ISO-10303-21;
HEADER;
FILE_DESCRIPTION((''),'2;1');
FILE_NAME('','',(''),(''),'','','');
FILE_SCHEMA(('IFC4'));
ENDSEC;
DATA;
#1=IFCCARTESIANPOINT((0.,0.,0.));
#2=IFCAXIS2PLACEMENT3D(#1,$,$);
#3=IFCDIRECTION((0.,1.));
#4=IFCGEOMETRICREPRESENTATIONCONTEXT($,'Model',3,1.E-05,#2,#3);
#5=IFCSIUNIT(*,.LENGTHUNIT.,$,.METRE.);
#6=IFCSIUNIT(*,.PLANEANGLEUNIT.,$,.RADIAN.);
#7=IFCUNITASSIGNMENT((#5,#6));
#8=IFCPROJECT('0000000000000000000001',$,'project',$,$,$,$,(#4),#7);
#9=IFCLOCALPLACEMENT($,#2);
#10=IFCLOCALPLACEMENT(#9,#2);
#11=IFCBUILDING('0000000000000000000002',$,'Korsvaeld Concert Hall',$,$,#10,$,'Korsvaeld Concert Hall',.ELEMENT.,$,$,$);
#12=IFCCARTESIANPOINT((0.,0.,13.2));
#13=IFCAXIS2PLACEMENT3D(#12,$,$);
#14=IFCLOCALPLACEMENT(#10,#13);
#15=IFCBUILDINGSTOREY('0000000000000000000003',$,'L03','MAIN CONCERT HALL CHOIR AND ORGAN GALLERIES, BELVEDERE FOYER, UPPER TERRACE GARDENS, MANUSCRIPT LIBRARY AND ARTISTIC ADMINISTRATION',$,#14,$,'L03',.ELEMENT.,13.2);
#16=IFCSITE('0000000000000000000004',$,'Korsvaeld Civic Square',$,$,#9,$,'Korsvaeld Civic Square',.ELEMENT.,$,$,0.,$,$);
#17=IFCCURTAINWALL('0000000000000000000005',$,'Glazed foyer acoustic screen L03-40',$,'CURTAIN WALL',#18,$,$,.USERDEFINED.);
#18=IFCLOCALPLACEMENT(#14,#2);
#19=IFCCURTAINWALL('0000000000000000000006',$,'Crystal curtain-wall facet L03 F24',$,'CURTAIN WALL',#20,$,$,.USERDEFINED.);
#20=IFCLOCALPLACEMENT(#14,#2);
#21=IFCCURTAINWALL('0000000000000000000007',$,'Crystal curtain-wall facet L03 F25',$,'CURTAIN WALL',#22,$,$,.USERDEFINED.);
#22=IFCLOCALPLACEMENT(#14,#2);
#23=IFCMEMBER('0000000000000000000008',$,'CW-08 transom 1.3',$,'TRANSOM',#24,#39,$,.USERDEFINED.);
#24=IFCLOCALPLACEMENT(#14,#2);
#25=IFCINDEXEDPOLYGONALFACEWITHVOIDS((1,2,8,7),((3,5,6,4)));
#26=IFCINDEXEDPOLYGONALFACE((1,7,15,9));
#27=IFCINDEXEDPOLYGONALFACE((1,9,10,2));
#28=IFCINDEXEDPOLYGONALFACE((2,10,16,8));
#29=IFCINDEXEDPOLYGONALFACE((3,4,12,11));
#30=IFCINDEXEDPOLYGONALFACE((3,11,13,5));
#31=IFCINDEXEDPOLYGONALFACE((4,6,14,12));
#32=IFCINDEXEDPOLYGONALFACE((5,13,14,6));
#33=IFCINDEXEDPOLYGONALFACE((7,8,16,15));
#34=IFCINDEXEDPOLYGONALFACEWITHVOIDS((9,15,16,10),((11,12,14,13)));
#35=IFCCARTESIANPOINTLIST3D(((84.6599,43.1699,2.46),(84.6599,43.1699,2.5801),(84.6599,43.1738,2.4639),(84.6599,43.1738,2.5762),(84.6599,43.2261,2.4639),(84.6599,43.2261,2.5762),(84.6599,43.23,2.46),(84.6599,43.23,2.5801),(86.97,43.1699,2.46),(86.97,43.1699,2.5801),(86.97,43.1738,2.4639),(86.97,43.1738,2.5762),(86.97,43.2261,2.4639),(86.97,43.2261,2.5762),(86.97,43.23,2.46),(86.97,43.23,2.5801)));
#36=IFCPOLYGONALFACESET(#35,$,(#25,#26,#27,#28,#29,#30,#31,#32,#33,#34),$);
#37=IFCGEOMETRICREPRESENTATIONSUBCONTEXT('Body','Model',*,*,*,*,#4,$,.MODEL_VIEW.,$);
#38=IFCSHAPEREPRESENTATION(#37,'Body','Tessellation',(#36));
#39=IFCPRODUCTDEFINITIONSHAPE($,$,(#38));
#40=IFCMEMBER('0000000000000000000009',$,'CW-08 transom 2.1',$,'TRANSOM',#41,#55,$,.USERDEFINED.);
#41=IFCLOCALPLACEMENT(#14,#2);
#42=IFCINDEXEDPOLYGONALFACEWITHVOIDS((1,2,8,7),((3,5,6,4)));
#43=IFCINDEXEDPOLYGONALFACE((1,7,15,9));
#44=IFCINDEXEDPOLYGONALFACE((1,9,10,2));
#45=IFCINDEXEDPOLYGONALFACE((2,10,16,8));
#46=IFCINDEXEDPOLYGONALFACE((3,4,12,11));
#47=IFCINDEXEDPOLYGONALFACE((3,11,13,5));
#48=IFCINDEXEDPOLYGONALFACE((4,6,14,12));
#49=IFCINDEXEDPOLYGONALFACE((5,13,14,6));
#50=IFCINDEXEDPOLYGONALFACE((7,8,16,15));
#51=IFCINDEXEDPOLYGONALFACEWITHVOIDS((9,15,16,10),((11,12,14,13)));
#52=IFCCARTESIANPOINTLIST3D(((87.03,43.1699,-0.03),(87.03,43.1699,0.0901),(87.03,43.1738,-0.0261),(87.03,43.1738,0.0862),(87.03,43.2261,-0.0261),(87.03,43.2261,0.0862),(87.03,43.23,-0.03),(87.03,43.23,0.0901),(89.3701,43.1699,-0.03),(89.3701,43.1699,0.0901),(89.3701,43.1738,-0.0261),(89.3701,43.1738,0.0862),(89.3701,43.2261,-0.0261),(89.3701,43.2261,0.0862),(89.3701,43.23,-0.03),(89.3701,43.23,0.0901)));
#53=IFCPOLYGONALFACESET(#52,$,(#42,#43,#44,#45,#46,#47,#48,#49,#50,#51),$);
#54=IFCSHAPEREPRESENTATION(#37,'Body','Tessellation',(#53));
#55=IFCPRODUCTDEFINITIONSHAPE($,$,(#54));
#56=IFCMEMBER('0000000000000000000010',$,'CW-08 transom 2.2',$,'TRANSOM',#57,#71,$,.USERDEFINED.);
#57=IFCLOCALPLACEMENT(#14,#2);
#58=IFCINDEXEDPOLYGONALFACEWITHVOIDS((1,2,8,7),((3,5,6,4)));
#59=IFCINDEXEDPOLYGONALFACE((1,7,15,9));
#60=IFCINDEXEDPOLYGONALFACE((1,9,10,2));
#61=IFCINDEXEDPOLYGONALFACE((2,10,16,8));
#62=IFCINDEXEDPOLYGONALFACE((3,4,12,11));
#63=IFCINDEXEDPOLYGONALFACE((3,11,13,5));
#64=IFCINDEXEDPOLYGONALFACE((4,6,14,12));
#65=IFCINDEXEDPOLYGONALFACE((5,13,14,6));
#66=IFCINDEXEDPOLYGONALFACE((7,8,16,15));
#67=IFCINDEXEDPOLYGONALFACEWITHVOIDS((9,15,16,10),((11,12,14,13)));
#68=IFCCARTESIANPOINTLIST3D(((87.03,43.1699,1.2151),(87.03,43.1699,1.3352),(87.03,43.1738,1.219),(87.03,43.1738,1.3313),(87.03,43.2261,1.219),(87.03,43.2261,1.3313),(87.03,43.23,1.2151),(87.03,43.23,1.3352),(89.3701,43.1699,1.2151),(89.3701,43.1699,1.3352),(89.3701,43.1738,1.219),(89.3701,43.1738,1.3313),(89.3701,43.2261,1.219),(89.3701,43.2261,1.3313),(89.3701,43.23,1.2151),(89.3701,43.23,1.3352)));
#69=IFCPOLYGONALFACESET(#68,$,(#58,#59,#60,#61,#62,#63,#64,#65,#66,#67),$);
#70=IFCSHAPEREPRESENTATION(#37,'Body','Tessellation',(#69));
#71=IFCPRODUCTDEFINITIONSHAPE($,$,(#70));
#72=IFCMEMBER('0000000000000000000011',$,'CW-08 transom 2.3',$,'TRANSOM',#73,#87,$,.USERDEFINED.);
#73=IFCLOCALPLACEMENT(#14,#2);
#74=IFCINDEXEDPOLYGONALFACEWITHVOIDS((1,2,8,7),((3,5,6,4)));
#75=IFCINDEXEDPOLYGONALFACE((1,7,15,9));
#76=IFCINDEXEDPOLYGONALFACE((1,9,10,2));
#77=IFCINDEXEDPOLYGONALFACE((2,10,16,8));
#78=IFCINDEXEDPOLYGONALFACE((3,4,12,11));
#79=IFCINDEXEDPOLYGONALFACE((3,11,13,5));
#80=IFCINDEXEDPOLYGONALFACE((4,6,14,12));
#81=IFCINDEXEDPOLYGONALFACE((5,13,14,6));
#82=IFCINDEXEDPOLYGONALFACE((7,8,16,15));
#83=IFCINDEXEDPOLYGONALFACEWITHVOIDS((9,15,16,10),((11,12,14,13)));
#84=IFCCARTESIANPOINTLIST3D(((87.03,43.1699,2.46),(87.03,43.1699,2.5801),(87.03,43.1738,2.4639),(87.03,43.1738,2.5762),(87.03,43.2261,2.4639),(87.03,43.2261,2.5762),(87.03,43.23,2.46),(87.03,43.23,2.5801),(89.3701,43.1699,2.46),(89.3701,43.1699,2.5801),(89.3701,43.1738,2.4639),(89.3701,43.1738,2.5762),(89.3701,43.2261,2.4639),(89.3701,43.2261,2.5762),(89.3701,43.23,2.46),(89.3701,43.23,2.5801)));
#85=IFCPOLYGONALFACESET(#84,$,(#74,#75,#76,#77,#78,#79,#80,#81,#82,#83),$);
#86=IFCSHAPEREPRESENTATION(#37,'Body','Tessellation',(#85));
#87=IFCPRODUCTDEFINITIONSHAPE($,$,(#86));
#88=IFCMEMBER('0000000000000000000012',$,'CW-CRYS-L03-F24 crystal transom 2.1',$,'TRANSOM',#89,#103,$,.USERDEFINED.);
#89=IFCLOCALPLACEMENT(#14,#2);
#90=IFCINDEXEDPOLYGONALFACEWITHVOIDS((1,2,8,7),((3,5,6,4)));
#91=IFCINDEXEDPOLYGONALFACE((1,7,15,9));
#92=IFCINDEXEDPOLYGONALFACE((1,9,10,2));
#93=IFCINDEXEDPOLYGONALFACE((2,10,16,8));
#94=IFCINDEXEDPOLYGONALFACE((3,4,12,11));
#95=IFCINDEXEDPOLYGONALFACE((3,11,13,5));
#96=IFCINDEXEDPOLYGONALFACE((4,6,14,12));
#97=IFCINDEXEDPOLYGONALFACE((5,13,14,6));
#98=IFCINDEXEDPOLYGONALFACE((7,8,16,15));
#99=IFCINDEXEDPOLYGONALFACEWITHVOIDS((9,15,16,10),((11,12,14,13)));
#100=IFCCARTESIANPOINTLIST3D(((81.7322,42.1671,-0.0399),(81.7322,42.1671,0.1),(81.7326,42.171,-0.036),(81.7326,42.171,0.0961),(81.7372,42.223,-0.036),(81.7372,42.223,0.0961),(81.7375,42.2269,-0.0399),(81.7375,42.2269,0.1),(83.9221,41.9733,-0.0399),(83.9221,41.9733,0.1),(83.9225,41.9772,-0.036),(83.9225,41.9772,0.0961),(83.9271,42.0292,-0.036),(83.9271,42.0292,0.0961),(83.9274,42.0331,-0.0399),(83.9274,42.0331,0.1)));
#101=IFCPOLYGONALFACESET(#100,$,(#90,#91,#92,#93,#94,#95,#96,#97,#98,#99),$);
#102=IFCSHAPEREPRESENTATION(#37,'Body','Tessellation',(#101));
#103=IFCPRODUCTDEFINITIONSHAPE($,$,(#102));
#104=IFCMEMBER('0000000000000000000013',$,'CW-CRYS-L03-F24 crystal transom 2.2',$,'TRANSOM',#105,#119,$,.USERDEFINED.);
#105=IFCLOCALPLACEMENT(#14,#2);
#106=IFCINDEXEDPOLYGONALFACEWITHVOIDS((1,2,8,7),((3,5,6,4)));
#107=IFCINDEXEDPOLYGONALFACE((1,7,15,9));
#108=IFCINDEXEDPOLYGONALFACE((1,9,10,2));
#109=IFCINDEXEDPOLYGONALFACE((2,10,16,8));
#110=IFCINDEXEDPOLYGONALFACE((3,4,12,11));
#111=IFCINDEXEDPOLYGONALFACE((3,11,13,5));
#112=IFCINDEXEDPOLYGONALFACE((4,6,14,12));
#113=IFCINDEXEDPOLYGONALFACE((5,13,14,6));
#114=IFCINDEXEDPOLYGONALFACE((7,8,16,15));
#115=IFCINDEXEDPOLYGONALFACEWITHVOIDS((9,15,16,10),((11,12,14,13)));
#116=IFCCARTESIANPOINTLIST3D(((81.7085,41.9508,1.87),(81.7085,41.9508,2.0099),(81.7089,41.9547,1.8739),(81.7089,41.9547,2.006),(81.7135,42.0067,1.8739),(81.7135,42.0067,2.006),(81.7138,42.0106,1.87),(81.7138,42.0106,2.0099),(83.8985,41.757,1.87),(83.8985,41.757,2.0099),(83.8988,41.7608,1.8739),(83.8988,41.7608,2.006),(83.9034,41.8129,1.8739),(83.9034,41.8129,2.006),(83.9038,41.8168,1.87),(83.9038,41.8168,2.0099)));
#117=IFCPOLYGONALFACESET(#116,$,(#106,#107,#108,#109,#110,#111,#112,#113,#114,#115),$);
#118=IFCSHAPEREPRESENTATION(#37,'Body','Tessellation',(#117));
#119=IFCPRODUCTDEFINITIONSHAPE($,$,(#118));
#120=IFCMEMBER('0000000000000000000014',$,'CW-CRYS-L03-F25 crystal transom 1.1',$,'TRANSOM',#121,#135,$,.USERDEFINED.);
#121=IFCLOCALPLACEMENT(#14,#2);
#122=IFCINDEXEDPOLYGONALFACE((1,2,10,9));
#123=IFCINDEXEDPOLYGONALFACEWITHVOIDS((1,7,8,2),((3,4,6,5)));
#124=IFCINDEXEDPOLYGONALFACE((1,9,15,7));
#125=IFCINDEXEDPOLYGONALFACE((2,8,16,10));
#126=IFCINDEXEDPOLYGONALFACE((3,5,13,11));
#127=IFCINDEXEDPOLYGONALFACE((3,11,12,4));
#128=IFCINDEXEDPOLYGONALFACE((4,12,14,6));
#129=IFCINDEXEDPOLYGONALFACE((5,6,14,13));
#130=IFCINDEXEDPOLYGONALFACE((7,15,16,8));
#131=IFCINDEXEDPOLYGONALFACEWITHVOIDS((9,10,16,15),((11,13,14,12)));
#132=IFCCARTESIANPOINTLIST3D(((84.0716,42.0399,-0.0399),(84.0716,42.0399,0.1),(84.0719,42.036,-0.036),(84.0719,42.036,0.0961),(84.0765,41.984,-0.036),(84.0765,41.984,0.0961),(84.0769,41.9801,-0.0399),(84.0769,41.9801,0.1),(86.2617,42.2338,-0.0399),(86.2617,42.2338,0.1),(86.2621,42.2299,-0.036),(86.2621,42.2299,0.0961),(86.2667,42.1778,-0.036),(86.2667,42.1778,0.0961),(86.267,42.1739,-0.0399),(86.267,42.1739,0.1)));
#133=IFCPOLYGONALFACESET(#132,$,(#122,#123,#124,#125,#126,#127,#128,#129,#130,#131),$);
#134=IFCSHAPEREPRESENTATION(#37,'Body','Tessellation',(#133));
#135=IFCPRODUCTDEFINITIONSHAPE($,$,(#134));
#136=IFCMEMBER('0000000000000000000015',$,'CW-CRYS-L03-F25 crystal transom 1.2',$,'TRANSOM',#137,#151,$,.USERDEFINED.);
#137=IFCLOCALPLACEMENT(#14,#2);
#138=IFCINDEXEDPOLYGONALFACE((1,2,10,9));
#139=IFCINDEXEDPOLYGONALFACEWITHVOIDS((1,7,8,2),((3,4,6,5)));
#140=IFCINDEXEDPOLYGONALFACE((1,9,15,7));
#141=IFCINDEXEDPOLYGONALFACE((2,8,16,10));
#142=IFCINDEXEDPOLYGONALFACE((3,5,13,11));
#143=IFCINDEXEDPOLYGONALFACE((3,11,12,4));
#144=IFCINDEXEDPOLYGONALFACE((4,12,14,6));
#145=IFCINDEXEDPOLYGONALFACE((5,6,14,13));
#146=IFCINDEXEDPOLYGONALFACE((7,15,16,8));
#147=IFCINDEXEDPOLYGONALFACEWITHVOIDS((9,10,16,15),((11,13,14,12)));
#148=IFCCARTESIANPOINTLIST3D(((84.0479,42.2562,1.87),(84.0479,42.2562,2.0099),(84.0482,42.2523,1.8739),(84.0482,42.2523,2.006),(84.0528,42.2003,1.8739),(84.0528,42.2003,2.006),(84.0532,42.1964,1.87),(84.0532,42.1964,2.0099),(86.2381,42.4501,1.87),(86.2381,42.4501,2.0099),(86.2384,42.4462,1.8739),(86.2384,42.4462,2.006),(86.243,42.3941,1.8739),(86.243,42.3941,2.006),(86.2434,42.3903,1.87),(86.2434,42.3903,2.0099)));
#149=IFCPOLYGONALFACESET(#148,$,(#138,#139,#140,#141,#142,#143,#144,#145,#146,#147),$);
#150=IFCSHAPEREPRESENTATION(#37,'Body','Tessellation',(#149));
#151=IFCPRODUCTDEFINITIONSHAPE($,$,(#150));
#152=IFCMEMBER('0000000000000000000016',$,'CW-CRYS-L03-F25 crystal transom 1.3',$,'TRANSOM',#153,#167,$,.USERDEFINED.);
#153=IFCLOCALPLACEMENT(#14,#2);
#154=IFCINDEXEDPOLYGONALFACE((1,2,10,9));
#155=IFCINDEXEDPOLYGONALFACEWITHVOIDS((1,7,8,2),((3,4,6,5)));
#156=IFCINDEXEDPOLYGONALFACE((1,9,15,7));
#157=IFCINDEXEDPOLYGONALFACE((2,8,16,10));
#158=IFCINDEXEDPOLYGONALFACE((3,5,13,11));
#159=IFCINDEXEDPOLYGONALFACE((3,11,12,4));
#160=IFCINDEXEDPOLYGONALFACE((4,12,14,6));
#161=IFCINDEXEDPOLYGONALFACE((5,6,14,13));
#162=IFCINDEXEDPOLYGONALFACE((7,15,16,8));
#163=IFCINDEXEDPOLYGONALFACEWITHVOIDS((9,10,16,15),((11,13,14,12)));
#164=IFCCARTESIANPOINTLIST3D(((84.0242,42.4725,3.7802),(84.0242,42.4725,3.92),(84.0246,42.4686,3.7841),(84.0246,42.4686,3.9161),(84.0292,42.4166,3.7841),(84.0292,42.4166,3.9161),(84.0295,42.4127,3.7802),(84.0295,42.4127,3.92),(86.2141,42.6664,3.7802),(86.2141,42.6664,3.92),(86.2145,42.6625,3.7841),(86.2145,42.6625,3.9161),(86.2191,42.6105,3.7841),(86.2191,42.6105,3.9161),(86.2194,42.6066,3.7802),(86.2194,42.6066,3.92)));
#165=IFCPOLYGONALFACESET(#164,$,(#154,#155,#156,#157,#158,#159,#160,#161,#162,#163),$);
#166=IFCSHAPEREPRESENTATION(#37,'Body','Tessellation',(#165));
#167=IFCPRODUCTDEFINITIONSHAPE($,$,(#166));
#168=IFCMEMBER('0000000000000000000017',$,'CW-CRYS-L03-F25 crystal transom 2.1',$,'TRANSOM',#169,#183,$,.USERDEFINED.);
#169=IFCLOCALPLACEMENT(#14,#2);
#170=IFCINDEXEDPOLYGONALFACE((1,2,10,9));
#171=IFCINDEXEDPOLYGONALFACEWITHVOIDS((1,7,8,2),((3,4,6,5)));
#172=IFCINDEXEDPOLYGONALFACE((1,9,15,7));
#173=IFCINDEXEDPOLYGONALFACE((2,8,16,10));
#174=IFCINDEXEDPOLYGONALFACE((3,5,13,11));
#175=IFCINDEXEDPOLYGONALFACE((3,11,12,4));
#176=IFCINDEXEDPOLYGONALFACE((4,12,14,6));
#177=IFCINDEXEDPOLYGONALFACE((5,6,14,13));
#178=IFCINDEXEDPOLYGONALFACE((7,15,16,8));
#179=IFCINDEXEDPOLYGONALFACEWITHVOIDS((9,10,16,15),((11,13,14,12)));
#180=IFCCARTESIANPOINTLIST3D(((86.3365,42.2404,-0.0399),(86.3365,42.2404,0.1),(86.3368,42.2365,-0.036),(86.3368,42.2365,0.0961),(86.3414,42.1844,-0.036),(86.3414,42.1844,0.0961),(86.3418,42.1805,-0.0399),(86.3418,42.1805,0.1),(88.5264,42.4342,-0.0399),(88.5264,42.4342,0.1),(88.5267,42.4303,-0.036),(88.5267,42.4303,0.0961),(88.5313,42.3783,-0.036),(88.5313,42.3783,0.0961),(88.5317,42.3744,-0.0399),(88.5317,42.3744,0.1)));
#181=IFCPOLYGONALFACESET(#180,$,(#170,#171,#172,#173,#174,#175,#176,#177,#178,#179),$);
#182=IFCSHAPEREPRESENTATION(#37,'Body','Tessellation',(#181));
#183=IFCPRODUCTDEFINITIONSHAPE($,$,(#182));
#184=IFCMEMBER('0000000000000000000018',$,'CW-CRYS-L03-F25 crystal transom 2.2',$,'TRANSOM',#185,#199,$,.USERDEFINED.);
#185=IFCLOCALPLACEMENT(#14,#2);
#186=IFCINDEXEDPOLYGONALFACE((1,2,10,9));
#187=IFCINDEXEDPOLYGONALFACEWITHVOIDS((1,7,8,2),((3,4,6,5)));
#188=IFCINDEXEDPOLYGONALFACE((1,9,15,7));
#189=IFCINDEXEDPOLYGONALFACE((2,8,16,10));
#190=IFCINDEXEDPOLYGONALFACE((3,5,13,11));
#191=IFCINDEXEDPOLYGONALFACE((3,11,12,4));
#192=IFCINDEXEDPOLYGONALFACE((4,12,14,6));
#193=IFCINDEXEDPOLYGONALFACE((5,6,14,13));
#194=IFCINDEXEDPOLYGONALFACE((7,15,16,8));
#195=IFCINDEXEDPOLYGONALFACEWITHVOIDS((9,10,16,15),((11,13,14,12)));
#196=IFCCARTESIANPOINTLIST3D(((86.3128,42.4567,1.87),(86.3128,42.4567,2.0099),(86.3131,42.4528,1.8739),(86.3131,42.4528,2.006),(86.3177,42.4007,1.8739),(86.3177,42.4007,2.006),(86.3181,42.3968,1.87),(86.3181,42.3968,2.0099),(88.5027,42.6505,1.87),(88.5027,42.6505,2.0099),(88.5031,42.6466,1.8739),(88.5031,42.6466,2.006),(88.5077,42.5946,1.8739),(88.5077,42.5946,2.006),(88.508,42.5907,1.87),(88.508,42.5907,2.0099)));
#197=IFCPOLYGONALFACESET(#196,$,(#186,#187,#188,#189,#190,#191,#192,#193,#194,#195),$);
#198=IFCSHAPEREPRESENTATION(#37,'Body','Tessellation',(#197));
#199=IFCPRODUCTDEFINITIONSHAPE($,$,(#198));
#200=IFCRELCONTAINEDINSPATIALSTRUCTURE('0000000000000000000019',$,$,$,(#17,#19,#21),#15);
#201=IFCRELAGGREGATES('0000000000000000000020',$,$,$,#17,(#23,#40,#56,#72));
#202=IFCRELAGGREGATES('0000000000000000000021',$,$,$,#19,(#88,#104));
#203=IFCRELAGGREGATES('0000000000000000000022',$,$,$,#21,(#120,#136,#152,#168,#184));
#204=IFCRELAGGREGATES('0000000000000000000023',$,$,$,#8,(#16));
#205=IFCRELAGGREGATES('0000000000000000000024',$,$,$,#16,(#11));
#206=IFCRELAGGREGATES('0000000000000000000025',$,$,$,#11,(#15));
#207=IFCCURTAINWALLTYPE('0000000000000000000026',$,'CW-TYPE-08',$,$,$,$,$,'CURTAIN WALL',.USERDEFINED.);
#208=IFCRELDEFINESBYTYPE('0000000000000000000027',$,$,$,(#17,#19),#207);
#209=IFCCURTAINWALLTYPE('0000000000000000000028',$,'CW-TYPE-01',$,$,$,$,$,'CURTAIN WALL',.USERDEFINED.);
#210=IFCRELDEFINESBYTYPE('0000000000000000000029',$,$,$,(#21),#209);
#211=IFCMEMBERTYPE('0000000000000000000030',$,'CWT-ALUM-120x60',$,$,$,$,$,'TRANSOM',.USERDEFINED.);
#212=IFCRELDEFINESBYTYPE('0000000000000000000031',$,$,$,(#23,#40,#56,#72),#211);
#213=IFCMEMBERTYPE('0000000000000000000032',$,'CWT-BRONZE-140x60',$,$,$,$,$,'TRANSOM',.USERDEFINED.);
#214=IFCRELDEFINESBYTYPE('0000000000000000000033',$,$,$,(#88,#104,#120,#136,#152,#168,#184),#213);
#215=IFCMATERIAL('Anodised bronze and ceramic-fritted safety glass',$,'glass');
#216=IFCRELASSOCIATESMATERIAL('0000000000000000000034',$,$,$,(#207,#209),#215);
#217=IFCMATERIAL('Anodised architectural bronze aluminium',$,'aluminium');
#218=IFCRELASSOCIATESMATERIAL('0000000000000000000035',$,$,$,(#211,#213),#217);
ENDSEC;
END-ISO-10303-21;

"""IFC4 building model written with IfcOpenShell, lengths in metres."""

from ifc_helpers import new_model, si_unit, direction, frame, origin, origin_2d, place, context, subcontext, project, spatial, hollow_rectangle, extrude, material, material_profile, profile_set, type_object, element, aggregate, save


model = new_model("IFC4")

# Units and contexts
model_context = context("Model", 3, precision=1e-05, world=origin(), true_north=direction((0.0, 1.0)))
body_context = subcontext(model_context, "Body", "Model", "MODEL_VIEW")
ifc_project = project(units=[si_unit("LENGTHUNIT", "METRE"), si_unit("PLANEANGLEUNIT", "RADIAN")], contexts=[model_context])

# Site, building, storey
site_placement = place(None, origin())
site = spatial("IfcSite", under=ifc_project, at=site_placement, Name="Korsvaeld Civic Square", LongName="Korsvaeld Civic Square", CompositionType="ELEMENT", RefElevation=0.0)
building_placement = place(site_placement, origin())
building = spatial("IfcBuilding", under=site, at=building_placement, Name="Korsvaeld Concert Hall", LongName="Korsvaeld Concert Hall", CompositionType="ELEMENT")
storey_placement = place(building_placement, frame((0.0, 0.0, 13.2)))
storey = spatial("IfcBuildingStorey", under=building, at=storey_placement, Name="L03", Description="MAIN CONCERT HALL CHOIR AND ORGAN GALLERIES, BELVEDERE FOYER, UPPER TERRACE GARDENS, MANUSCRIPT LIBRARY AND ARTISTIC ADMINISTRATION", LongName="L03", CompositionType="ELEMENT", Elevation=13.2)

# Shared definitions
ifc_material_1 = material(Name="Anodised bronze and ceramic-fritted safety glass", Category="glass")
ifc_material_2 = material(Name="Anodised architectural bronze aluminium", Category="aluminium")

# Curtain wall
curtain_wall_type_1 = type_object("IfcCurtainWallType", Name="CW-TYPE-08", ElementType="CURTAIN WALL", PredefinedType="USERDEFINED", material=ifc_material_1)
curtain_wall_1_placement = place(storey_placement, origin())
curtain_wall_1 = element("IfcCurtainWall", 1, at=curtain_wall_1_placement, inside=storey, type_object=curtain_wall_type_1, Name="Glazed foyer acoustic screen L03-40", ObjectType="CURTAIN WALL", PredefinedType="USERDEFINED")

# Curtain wall
curtain_wall_2_placement = place(storey_placement, origin())
curtain_wall_2 = element("IfcCurtainWall", 2, at=curtain_wall_2_placement, inside=storey, type_object=curtain_wall_type_1, Name="Crystal curtain-wall facet L03 F24", ObjectType="CURTAIN WALL", PredefinedType="USERDEFINED")

# Curtain wall
curtain_wall_type_2 = type_object("IfcCurtainWallType", Name="CW-TYPE-01", ElementType="CURTAIN WALL", PredefinedType="USERDEFINED", material=ifc_material_1)
curtain_wall_3_placement = place(storey_placement, origin())
curtain_wall_3 = element("IfcCurtainWall", 3, at=curtain_wall_3_placement, inside=storey, type_object=curtain_wall_type_2, Name="Crystal curtain-wall facet L03 F25", ObjectType="CURTAIN WALL", PredefinedType="USERDEFINED")

# Members
ifc_material_profile_1 = material_profile(ifc_material_2, hollow_rectangle(XDim=0.0601, YDim=0.1201, WallThickness=0.0039, at=origin_2d()), Name="CWT 120x60x4")
ifc_profile_set_1 = profile_set([ifc_material_profile_1], Name="Anodised architectural bronze aluminium")
member_type_1 = type_object("IfcMemberType", Name="CWT-ALUM-120x60", ElementType="TRANSOM", PredefinedType="USERDEFINED", material=ifc_profile_set_1)
member_1_placement = place(storey_placement, frame((84.6599, 43.2, 2.52), z_axis=(1.0, 0.0, 0.0), x_axis=(0.0, 1.0, 0.0)))
member_1 = element("IfcMember", 4, at=member_1_placement, type_object=member_type_1, Name="CW-08 transom 1.3", ObjectType="TRANSOM", PredefinedType="USERDEFINED", context=body_context, shape_type="SweptSolid", body=[
    extrude(hollow_rectangle(XDim=0.0601, YDim=0.1201, WallThickness=0.0039, at=origin_2d()), origin(), (0.0, 0.0, 1.0), 2.3101),
])
member_2_placement = place(storey_placement, frame((87.03, 43.2, 0.03), z_axis=(1.0, 0.0, 0.0), x_axis=(0.0, 1.0, 0.0)))
member_2 = element("IfcMember", 5, at=member_2_placement, type_object=member_type_1, Name="CW-08 transom 2.1", ObjectType="TRANSOM", PredefinedType="USERDEFINED", context=body_context, shape_type="SweptSolid", body=[
    extrude(hollow_rectangle(XDim=0.0601, YDim=0.1201, WallThickness=0.0039, at=origin_2d()), origin(), (0.0, 0.0, 1.0), 2.3401),
])
member_3_placement = place(storey_placement, frame((87.03, 43.2, 1.2751), z_axis=(1.0, 0.0, 0.0), x_axis=(0.0, 1.0, 0.0)))
member_3 = element("IfcMember", 6, at=member_3_placement, type_object=member_type_1, Name="CW-08 transom 2.2", ObjectType="TRANSOM", PredefinedType="USERDEFINED", context=body_context, shape_type="SweptSolid", body=[
    extrude(hollow_rectangle(XDim=0.0601, YDim=0.1201, WallThickness=0.0039, at=origin_2d()), origin(), (0.0, 0.0, 1.0), 2.3401),
])
member_4_placement = place(storey_placement, frame((87.03, 43.2, 2.52), z_axis=(1.0, 0.0, 0.0), x_axis=(0.0, 1.0, 0.0)))
member_4 = element("IfcMember", 7, at=member_4_placement, type_object=member_type_1, Name="CW-08 transom 2.3", ObjectType="TRANSOM", PredefinedType="USERDEFINED", context=body_context, shape_type="SweptSolid", body=[
    extrude(hollow_rectangle(XDim=0.0601, YDim=0.1201, WallThickness=0.0039, at=origin_2d()), origin(), (0.0, 0.0, 1.0), 2.3401),
])
ifc_material_profile_2 = material_profile(ifc_material_2, hollow_rectangle(XDim=0.0601, YDim=0.1399, WallThickness=0.0039, at=origin_2d()), Name="CWT 140x60x4")
ifc_profile_set_2 = profile_set([ifc_material_profile_2], Name="Anodised architectural bronze aluminium")
member_type_2 = type_object("IfcMemberType", Name="CWT-BRONZE-140x60", ElementType="TRANSOM", PredefinedType="USERDEFINED", material=ifc_profile_set_2)
member_5_placement = place(storey_placement, frame((81.7349, 42.197, 0.03), z_axis=(0.996105, -0.088173, 0.0), x_axis=(0.088173, 0.996105, 0.0)))
member_5 = element("IfcMember", 8, at=member_5_placement, type_object=member_type_2, Name="CW-CRYS-L03-F24 crystal transom 2.1", ObjectType="TRANSOM", PredefinedType="USERDEFINED", context=body_context, shape_type="SweptSolid", body=[
    extrude(hollow_rectangle(XDim=0.0601, YDim=0.1399, WallThickness=0.0039, at=origin_2d()), origin(), (0.0, 0.0, 1.0), 2.1985),
])
member_6_placement = place(storey_placement, frame((81.7112, 41.9807, 1.9399), z_axis=(0.996105, -0.088173, 0.0), x_axis=(0.088173, 0.996105, 0.0)))
member_6 = element("IfcMember", 9, at=member_6_placement, type_object=member_type_2, Name="CW-CRYS-L03-F24 crystal transom 2.2", ObjectType="TRANSOM", PredefinedType="USERDEFINED", context=body_context, shape_type="SweptSolid", body=[
    extrude(hollow_rectangle(XDim=0.0601, YDim=0.1399, WallThickness=0.0039, at=origin_2d()), origin(), (0.0, 0.0, 1.0), 2.1985),
])
member_7_placement = place(storey_placement, frame((84.0742, 42.01, 0.03), z_axis=(0.996106, 0.088163, 0.0), x_axis=(-0.088163, 0.996106, 0.0)))
member_7 = element("IfcMember", 10, at=member_7_placement, type_object=member_type_2, Name="CW-CRYS-L03-F25 crystal transom 1.1", ObjectType="TRANSOM", PredefinedType="USERDEFINED", context=body_context, shape_type="SweptSolid", body=[
    extrude(hollow_rectangle(XDim=0.0601, YDim=0.1399, WallThickness=0.0039, at=origin_2d()), origin(), (0.0, 0.0, 1.0), 2.1987),
])
member_8_placement = place(storey_placement, frame((84.0505, 42.2263, 1.9399), z_axis=(0.996106, 0.088163, 0.0), x_axis=(-0.088163, 0.996106, 0.0)))
member_8 = element("IfcMember", 11, at=member_8_placement, type_object=member_type_2, Name="CW-CRYS-L03-F25 crystal transom 1.2", ObjectType="TRANSOM", PredefinedType="USERDEFINED", context=body_context, shape_type="SweptSolid", body=[
    extrude(hollow_rectangle(XDim=0.0601, YDim=0.1399, WallThickness=0.0039, at=origin_2d()), origin(), (0.0, 0.0, 1.0), 2.1987),
])
member_9_placement = place(storey_placement, frame((84.0269, 42.4426, 3.8501), z_axis=(0.996105, 0.088173, 0.0), x_axis=(-0.088173, 0.996105, 0.0)))
member_9 = element("IfcMember", 12, at=member_9_placement, type_object=member_type_2, Name="CW-CRYS-L03-F25 crystal transom 1.3", ObjectType="TRANSOM", PredefinedType="USERDEFINED", context=body_context, shape_type="SweptSolid", body=[
    extrude(hollow_rectangle(XDim=0.0601, YDim=0.1399, WallThickness=0.0039, at=origin_2d()), origin(), (0.0, 0.0, 1.0), 2.1985),
])
member_10_placement = place(storey_placement, frame((86.3391, 42.2104, 0.03), z_axis=(0.996105, 0.088173, 0.0), x_axis=(-0.088173, 0.996105, 0.0)))
member_10 = element("IfcMember", 13, at=member_10_placement, type_object=member_type_2, Name="CW-CRYS-L03-F25 crystal transom 2.1", ObjectType="TRANSOM", PredefinedType="USERDEFINED", context=body_context, shape_type="SweptSolid", body=[
    extrude(hollow_rectangle(XDim=0.0601, YDim=0.1399, WallThickness=0.0039, at=origin_2d()), origin(), (0.0, 0.0, 1.0), 2.1985),
])
member_11_placement = place(storey_placement, frame((86.3154, 42.4268, 1.9399), z_axis=(0.996105, 0.088173, 0.0), x_axis=(-0.088173, 0.996105, 0.0)))
member_11 = element("IfcMember", 14, at=member_11_placement, type_object=member_type_2, Name="CW-CRYS-L03-F25 crystal transom 2.2", ObjectType="TRANSOM", PredefinedType="USERDEFINED", context=body_context, shape_type="SweptSolid", body=[
    extrude(hollow_rectangle(XDim=0.0601, YDim=0.1399, WallThickness=0.0039, at=origin_2d()), origin(), (0.0, 0.0, 1.0), 2.1985),
])

aggregate(curtain_wall_1, [member_1, member_2, member_3, member_4])
aggregate(curtain_wall_2, [member_5, member_6])
aggregate(curtain_wall_3, [member_7, member_8, member_9, member_10, member_11])

save(model, "model.ifc")
